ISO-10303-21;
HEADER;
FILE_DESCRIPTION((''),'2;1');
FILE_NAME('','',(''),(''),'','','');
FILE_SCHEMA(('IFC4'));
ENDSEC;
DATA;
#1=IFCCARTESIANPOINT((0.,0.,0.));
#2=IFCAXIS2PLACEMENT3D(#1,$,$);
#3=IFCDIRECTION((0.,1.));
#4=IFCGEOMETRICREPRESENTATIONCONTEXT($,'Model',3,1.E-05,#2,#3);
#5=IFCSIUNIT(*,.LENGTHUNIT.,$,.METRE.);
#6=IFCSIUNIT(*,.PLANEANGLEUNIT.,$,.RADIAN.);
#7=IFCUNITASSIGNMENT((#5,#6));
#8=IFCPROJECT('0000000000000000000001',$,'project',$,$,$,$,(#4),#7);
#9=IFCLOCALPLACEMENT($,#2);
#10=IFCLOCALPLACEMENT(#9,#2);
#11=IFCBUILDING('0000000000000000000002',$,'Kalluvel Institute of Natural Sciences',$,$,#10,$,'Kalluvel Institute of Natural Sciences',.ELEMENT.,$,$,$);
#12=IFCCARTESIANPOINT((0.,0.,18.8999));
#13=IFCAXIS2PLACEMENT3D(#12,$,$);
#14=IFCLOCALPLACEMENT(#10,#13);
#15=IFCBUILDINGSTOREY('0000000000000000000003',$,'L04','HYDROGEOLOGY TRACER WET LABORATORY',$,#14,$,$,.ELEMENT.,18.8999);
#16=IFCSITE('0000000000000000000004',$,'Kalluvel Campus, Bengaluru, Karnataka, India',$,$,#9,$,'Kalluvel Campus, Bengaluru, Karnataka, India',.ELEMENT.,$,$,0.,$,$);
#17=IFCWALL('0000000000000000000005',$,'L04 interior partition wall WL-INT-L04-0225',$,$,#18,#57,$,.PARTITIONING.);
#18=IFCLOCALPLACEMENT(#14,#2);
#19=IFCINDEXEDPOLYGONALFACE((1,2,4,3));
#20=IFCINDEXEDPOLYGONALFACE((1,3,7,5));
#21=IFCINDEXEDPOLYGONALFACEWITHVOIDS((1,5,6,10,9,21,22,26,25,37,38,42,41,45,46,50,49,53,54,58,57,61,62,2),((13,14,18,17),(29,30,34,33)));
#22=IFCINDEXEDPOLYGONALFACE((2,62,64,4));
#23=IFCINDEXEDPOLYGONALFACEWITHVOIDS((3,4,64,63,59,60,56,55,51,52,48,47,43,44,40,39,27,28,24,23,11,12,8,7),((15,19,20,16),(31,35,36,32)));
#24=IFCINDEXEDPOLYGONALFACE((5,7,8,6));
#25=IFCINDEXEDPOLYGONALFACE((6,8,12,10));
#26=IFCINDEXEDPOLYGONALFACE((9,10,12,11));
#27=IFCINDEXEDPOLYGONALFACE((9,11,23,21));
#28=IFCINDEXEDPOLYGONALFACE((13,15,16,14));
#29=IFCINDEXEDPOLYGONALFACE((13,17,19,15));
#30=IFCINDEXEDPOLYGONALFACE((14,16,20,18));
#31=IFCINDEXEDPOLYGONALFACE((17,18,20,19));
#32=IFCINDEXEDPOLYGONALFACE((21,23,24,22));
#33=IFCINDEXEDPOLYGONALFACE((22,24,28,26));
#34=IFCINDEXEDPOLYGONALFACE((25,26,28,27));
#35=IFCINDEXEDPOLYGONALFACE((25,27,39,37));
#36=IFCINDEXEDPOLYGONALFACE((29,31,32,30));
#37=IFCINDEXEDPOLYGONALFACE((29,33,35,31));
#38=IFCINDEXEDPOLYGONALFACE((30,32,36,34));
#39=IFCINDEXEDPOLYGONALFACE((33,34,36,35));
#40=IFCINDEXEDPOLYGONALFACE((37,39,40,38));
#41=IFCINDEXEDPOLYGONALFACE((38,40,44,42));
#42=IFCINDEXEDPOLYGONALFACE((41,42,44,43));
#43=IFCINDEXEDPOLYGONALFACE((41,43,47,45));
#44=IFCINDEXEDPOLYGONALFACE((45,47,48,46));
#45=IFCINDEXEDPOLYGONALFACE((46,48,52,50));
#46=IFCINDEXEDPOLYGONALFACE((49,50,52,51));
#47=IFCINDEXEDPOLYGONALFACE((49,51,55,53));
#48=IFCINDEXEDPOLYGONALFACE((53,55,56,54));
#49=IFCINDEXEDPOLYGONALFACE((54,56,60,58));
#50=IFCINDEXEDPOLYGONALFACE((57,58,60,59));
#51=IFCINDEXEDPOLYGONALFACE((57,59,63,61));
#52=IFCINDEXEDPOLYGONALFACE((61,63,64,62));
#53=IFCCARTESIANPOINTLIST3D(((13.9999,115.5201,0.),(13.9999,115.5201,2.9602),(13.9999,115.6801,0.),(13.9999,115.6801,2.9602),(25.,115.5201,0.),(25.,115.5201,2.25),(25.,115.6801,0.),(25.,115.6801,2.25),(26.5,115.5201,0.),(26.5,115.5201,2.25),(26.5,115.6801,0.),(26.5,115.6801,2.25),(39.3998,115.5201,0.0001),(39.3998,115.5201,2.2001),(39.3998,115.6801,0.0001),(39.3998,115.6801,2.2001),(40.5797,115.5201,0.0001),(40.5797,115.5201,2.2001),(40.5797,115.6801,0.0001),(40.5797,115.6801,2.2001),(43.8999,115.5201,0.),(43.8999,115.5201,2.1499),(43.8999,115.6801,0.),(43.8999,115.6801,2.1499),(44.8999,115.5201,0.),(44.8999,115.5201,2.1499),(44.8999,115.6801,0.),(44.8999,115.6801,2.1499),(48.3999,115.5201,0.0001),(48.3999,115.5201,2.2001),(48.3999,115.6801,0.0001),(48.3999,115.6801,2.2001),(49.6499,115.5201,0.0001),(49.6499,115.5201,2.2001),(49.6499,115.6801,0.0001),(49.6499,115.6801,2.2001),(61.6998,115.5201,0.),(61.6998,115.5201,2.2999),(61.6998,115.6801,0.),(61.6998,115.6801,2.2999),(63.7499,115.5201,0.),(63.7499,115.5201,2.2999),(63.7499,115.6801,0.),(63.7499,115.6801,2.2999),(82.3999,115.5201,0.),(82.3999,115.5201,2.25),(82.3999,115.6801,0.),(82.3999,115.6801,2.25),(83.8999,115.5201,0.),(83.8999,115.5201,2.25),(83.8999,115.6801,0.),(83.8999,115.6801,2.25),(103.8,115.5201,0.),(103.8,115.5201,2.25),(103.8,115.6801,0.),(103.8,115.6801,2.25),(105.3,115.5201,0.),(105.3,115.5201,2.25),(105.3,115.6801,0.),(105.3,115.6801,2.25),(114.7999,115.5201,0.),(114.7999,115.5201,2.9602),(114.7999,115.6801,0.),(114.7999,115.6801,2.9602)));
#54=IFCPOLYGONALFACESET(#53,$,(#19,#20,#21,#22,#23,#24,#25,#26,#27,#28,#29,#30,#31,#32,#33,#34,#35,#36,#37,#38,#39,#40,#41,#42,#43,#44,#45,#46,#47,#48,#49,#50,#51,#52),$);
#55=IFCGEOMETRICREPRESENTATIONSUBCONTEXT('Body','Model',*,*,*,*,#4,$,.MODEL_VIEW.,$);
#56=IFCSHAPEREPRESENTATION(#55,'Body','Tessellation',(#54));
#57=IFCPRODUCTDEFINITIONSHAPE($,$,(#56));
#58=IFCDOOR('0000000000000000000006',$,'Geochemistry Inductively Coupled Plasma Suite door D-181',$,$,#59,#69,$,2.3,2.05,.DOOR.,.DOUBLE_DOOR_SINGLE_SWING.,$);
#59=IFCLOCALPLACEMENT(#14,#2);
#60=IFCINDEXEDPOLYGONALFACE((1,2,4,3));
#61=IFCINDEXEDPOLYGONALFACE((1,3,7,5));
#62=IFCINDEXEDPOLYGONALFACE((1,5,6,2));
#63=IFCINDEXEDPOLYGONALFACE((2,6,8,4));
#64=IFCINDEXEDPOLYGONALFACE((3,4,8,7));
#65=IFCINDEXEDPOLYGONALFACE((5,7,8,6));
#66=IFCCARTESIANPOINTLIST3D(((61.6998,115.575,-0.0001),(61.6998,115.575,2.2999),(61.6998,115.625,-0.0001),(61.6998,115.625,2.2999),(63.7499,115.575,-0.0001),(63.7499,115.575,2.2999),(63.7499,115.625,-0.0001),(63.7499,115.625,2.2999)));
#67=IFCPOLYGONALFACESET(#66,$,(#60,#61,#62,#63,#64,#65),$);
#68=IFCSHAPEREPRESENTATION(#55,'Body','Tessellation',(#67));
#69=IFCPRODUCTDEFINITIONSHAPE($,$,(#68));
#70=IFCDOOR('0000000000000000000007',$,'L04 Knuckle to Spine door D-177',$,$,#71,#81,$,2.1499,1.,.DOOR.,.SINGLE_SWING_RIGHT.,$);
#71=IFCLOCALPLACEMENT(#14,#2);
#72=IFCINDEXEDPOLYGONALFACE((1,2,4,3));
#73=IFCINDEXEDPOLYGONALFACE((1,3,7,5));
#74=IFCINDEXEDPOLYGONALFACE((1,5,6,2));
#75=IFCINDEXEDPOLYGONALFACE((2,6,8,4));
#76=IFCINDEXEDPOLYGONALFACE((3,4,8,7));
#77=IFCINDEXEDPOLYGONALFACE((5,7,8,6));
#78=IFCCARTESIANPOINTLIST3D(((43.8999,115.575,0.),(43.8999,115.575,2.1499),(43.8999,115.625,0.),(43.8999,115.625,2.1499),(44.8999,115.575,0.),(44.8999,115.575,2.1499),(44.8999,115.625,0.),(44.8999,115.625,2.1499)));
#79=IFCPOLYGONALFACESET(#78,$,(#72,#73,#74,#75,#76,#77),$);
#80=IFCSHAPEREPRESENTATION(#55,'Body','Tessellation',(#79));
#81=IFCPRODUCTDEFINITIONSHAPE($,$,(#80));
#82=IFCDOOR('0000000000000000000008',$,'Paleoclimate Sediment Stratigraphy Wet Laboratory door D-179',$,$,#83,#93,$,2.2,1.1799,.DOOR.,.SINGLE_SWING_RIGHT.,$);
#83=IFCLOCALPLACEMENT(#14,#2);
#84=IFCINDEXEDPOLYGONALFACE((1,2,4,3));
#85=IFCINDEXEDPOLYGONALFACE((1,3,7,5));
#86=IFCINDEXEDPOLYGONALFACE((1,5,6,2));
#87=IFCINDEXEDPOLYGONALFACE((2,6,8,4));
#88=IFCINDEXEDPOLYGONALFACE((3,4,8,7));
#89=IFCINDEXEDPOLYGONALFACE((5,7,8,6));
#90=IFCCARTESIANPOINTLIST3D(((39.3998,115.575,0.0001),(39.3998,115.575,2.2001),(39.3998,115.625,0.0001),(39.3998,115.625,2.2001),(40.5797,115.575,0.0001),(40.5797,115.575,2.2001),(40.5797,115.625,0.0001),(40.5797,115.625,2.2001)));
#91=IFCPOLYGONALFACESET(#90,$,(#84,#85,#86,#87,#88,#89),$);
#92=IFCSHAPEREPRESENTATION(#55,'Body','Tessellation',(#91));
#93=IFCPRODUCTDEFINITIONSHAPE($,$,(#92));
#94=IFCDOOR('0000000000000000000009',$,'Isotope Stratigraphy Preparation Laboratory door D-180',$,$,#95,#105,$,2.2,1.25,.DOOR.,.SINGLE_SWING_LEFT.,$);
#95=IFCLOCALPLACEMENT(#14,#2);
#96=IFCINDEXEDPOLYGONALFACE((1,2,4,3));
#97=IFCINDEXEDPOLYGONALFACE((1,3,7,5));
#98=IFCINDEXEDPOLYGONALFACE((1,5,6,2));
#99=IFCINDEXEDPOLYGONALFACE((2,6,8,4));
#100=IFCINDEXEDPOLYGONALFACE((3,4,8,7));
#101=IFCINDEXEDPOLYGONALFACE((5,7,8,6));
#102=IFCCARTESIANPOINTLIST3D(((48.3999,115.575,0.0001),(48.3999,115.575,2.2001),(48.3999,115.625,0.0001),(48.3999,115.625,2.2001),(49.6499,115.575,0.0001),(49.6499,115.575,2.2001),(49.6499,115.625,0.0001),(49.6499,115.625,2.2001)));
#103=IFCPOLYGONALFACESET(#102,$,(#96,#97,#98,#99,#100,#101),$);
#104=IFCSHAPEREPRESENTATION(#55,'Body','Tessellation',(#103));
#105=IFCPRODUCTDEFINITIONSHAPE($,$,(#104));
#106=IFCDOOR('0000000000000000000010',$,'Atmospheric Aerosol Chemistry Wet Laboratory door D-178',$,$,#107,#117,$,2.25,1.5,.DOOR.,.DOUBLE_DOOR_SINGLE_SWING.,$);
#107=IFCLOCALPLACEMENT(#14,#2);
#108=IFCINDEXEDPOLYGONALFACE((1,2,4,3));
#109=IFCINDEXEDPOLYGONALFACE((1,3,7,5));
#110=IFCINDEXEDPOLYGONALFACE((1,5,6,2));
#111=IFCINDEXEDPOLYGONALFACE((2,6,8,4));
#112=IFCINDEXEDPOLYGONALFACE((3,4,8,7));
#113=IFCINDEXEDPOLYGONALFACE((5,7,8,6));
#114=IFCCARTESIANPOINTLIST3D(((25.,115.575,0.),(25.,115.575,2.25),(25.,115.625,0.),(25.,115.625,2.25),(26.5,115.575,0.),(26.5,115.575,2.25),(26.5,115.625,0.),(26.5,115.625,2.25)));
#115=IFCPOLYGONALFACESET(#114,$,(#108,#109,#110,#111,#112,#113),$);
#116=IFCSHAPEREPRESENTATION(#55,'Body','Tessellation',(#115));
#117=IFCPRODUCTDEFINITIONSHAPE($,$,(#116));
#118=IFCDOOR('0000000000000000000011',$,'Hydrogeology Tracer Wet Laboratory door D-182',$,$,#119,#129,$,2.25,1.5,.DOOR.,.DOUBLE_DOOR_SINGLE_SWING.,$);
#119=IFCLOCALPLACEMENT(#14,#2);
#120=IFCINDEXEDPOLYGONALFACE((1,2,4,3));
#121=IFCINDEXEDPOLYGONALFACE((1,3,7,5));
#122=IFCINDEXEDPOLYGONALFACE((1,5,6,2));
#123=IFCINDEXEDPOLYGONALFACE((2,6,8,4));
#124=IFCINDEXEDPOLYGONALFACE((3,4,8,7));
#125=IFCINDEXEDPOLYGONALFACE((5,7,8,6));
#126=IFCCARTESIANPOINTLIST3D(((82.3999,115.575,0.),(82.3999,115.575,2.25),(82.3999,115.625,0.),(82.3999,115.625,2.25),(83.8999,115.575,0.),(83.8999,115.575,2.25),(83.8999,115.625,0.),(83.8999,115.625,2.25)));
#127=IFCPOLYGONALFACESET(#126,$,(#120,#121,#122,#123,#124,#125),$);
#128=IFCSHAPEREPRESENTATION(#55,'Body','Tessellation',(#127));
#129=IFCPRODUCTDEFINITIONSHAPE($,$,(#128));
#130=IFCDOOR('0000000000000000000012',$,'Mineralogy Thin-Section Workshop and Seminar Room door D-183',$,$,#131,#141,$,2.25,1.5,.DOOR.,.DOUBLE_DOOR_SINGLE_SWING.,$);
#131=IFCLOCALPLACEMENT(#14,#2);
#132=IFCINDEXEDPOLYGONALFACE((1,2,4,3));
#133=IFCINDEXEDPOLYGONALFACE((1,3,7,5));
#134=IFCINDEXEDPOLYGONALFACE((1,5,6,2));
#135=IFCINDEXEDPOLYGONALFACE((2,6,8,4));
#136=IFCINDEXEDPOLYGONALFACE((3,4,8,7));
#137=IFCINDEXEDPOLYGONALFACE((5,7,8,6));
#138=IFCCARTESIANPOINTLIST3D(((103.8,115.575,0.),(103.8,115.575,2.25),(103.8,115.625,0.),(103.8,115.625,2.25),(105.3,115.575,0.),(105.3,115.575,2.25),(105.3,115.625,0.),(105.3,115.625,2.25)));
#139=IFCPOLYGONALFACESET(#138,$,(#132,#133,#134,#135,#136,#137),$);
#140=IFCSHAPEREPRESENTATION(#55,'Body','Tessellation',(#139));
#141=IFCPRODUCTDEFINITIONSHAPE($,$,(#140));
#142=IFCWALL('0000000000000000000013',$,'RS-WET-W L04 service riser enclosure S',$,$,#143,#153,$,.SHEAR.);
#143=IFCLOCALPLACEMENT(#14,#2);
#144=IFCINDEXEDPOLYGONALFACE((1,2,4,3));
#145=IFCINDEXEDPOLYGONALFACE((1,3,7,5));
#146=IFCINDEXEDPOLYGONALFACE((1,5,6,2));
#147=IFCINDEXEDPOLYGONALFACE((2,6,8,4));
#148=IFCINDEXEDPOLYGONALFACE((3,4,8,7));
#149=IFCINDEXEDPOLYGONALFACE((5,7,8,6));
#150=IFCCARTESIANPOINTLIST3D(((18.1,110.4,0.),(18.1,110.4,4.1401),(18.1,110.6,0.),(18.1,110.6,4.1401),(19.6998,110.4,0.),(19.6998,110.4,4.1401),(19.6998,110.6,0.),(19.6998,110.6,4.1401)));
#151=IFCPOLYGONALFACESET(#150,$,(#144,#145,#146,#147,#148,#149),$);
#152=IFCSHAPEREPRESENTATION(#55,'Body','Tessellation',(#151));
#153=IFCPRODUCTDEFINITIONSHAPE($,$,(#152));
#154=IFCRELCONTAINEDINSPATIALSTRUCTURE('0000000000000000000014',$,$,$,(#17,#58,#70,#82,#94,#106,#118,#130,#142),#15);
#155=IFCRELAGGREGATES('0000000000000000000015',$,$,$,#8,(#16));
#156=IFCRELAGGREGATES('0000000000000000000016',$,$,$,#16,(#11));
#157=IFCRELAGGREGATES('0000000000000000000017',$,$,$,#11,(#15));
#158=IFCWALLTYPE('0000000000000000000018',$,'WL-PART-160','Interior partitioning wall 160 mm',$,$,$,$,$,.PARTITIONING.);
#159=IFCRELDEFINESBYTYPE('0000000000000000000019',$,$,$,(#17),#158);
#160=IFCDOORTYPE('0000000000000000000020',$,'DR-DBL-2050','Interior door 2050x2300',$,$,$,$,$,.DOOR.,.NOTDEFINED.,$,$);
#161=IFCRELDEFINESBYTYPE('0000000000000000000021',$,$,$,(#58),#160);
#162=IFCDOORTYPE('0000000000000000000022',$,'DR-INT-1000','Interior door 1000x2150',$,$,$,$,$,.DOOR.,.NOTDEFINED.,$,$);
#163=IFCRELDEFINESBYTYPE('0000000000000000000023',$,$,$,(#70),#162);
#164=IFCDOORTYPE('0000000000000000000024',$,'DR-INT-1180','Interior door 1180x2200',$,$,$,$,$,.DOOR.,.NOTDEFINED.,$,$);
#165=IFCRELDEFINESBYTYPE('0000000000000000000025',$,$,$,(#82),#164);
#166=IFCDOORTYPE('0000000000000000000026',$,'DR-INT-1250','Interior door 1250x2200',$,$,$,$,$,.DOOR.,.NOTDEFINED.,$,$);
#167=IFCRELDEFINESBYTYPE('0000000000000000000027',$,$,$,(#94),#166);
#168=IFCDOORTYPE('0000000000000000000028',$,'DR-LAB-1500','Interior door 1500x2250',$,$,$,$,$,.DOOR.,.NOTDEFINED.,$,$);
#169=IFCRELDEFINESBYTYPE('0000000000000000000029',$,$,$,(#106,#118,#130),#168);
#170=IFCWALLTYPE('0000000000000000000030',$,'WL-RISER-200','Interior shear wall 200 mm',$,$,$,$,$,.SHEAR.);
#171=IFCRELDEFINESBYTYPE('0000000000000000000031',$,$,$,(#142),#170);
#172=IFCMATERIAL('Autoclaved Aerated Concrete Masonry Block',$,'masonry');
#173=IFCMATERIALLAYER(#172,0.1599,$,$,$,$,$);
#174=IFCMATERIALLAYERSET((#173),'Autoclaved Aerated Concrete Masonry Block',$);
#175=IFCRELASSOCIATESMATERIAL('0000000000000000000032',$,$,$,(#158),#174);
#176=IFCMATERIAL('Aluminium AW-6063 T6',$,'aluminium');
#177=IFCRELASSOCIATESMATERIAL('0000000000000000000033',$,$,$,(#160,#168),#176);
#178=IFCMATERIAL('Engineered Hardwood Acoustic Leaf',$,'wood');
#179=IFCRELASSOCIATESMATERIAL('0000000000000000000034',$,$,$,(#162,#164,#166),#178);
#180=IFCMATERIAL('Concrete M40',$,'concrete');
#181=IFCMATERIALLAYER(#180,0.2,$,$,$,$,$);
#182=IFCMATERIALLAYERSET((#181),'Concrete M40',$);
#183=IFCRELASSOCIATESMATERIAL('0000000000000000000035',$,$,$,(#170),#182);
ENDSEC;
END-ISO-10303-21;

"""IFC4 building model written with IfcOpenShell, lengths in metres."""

from ifc_helpers import new_model, si_unit, direction, frame, frame_2d, origin, place, context, subcontext, project, spatial, rectangle, extrude, material, layer, layer_set, type_object, element, fill, save


model = new_model("IFC4")

# Units and contexts
model_context = context("Model", 3, precision=1e-05, world=origin(), true_north=direction((0.0, 1.0)))
body_context = subcontext(model_context, "Body", "Model", "MODEL_VIEW")
ifc_project = project(units=[si_unit("LENGTHUNIT", "METRE"), si_unit("PLANEANGLEUNIT", "RADIAN")], contexts=[model_context])

# Site, building, storey
site_placement = place(None, origin())
site = spatial("IfcSite", under=ifc_project, at=site_placement, Name="Kalluvel Campus, Bengaluru, Karnataka, India", LongName="Kalluvel Campus, Bengaluru, Karnataka, India", CompositionType="ELEMENT", RefElevation=0.0)
building_placement = place(site_placement, origin())
building = spatial("IfcBuilding", under=site, at=building_placement, Name="Kalluvel Institute of Natural Sciences", LongName="Kalluvel Institute of Natural Sciences", CompositionType="ELEMENT")
storey_placement = place(building_placement, frame((0.0, 0.0, 18.8999)))
storey = spatial("IfcBuildingStorey", under=building, at=storey_placement, Name="L04", Description="HYDROGEOLOGY TRACER WET LABORATORY", CompositionType="ELEMENT", Elevation=18.8999)

# Shared definitions
ifc_material_1 = material(Name="Concrete M40", Category="concrete")

# Wall, openings, doors
ifc_material_2 = material(Name="Autoclaved Aerated Concrete Masonry Block", Category="masonry")
ifc_layer_1 = layer(ifc_material_2, 0.1599)
ifc_layer_set_1 = layer_set([ifc_layer_1], Name="Autoclaved Aerated Concrete Masonry Block")
wall_type_1 = type_object("IfcWallType", Name="WL-PART-160", Description="Interior partitioning wall 160 mm", PredefinedType="PARTITIONING", material=ifc_layer_set_1)
ifc_material_3 = material(Name="Engineered Hardwood Acoustic Leaf", Category="wood")
wall_1_placement = place(storey_placement, frame((14.0, 115.6001, 0.0), z_axis=(0.0, 0.0, 1.0), x_axis=(1.0, 0.0, 0.0)))
wall_1 = element("IfcWall", 1, at=wall_1_placement, inside=storey, type_object=wall_type_1, Name="L04 interior partition wall WL-INT-L04-0225", PredefinedType="PARTITIONING", context=body_context, shape_type="SweptSolid", body=[
    extrude(rectangle(XDim=100.8, YDim=0.1599, at=frame_2d((50.3999, 0.0))), origin(), (0.0, 0.0, 1.0), 2.9602),
])
opening_1_placement = place(wall_1_placement, frame((29.8999, 0.0, 0.0)))
opening_1 = element("IfcOpeningElement", 2, at=opening_1_placement, cuts=wall_1, PredefinedType="OPENING", context=body_context, shape_type="SweptSolid", body=[
    extrude(rectangle(XDim=1.0, YDim=2.1499, at=frame_2d((0.5, 1.075))), frame((0.0, 0.0898, 0.0), z_axis=(0.0, -1.0, 0.0), x_axis=(1.0, 0.0, 0.0)), (0.0, 0.0, 1.0), 0.1799),
])
opening_2_placement = place(wall_1_placement, frame((11.0, 0.0, 0.0)))
opening_2 = element("IfcOpeningElement", 3, at=opening_2_placement, cuts=wall_1, PredefinedType="OPENING", context=body_context, shape_type="SweptSolid", body=[
    extrude(rectangle(XDim=1.5, YDim=2.25, at=frame_2d((0.75, 1.125))), frame((0.0, 0.0898, 0.0), z_axis=(0.0, -1.0, 0.0), x_axis=(1.0, 0.0, 0.0)), (0.0, 0.0, 1.0), 0.1799),
])
opening_3_placement = place(wall_1_placement, frame((25.3999, 0.0, 0.0)))
opening_3 = element("IfcOpeningElement", 4, at=opening_3_placement, cuts=wall_1, PredefinedType="OPENING", context=body_context, shape_type="SweptSolid", body=[
    extrude(rectangle(XDim=1.1799, YDim=2.2, at=frame_2d((0.5898, 1.1001))), frame((0.0, 0.0898, 0.0), z_axis=(0.0, -1.0, 0.0), x_axis=(1.0, 0.0, 0.0)), (0.0, 0.0, 1.0), 0.1799),
])
opening_4_placement = place(wall_1_placement, frame((34.3999, 0.0, 0.0)))
opening_4 = element("IfcOpeningElement", 5, at=opening_4_placement, cuts=wall_1, PredefinedType="OPENING", context=body_context, shape_type="SweptSolid", body=[
    extrude(rectangle(XDim=1.25, YDim=2.2, at=frame_2d((0.625, 1.1001))), frame((0.0, 0.0898, 0.0), z_axis=(0.0, -1.0, 0.0), x_axis=(1.0, 0.0, 0.0)), (0.0, 0.0, 1.0), 0.1799),
])
opening_5_placement = place(wall_1_placement, frame((47.7, 0.0, 0.0)))
opening_5 = element("IfcOpeningElement", 6, at=opening_5_placement, cuts=wall_1, PredefinedType="OPENING", context=body_context, shape_type="SweptSolid", body=[
    extrude(rectangle(XDim=2.05, YDim=2.3, at=frame_2d((1.0249, 1.1499))), frame((0.0, 0.0898, 0.0), z_axis=(0.0, -1.0, 0.0), x_axis=(1.0, 0.0, 0.0)), (0.0, 0.0, 1.0), 0.1799),
])
opening_6_placement = place(wall_1_placement, frame((68.3999, 0.0, 0.0)))
opening_6 = element("IfcOpeningElement", 7, at=opening_6_placement, cuts=wall_1, PredefinedType="OPENING", context=body_context, shape_type="SweptSolid", body=[
    extrude(rectangle(XDim=1.5, YDim=2.25, at=frame_2d((0.75, 1.125))), frame((0.0, 0.0898, 0.0), z_axis=(0.0, -1.0, 0.0), x_axis=(1.0, 0.0, 0.0)), (0.0, 0.0, 1.0), 0.1799),
])
opening_7_placement = place(wall_1_placement, frame((89.8, 0.0, 0.0)))
opening_7 = element("IfcOpeningElement", 8, at=opening_7_placement, cuts=wall_1, PredefinedType="OPENING", context=body_context, shape_type="SweptSolid", body=[
    extrude(rectangle(XDim=1.5, YDim=2.25, at=frame_2d((0.75, 1.125))), frame((0.0, 0.0898, 0.0), z_axis=(0.0, -1.0, 0.0), x_axis=(1.0, 0.0, 0.0)), (0.0, 0.0, 1.0), 0.1799),
])
ifc_material_4 = material(Name="Aluminium AW-6063 T6", Category="aluminium")
door_type_1 = type_object("IfcDoorType", Name="DR-DBL-2050", Description="Interior door 2050x2300", OperationType="NOTDEFINED", PredefinedType="DOOR", material=ifc_material_4)
door_1_placement = place(opening_5_placement, origin())
door_1 = element("IfcDoor", 9, at=door_1_placement, inside=storey, type_object=door_type_1, Name="Geochemistry Inductively Coupled Plasma Suite door D-181", OperationType="DOUBLE_DOOR_SINGLE_SWING", OverallHeight=2.3, OverallWidth=2.05, PredefinedType="DOOR", context=body_context, shape_type="SweptSolid", body=[
    extrude(rectangle(XDim=2.05, YDim=2.3, at=frame_2d((1.0249, 1.1499))), frame((0.0, 0.0249, 0.0), z_axis=(0.0, -1.0, 0.0), x_axis=(1.0, 0.0, 0.0)), (0.0, 0.0, 1.0), 0.05),
])
fill(opening_5, door_1)
door_type_2 = type_object("IfcDoorType", Name="DR-INT-1000", Description="Interior door 1000x2150", OperationType="NOTDEFINED", PredefinedType="DOOR", material=ifc_material_3)
door_2_placement = place(opening_1_placement, origin())
door_2 = element("IfcDoor", 10, at=door_2_placement, inside=storey, type_object=door_type_2, Name="L04 Knuckle to Spine door D-177", OperationType="SINGLE_SWING_RIGHT", OverallHeight=2.1499, OverallWidth=1.0, PredefinedType="DOOR", context=body_context, shape_type="SweptSolid", body=[
    extrude(rectangle(XDim=1.0, YDim=2.1499, at=frame_2d((0.5, 1.075))), frame((0.0, 0.0249, 0.0), z_axis=(0.0, -1.0, 0.0), x_axis=(1.0, 0.0, 0.0)), (0.0, 0.0, 1.0), 0.05),
])
fill(opening_1, door_2)
door_type_3 = type_object("IfcDoorType", Name="DR-INT-1180", Description="Interior door 1180x2200", OperationType="NOTDEFINED", PredefinedType="DOOR", material=ifc_material_3)
door_3_placement = place(opening_3_placement, origin())
door_3 = element("IfcDoor", 11, at=door_3_placement, inside=storey, type_object=door_type_3, Name="Paleoclimate Sediment Stratigraphy Wet Laboratory door D-179", OperationType="SINGLE_SWING_RIGHT", OverallHeight=2.2, OverallWidth=1.1799, PredefinedType="DOOR", context=body_context, shape_type="SweptSolid", body=[
    extrude(rectangle(XDim=1.1799, YDim=2.2, at=frame_2d((0.5898, 1.1001))), frame((0.0, 0.0249, 0.0), z_axis=(0.0, -1.0, 0.0), x_axis=(1.0, 0.0, 0.0)), (0.0, 0.0, 1.0), 0.05),
])
fill(opening_3, door_3)
door_type_4 = type_object("IfcDoorType", Name="DR-INT-1250", Description="Interior door 1250x2200", OperationType="NOTDEFINED", PredefinedType="DOOR", material=ifc_material_3)
door_4_placement = place(opening_4_placement, origin())
door_4 = element("IfcDoor", 12, at=door_4_placement, inside=storey, type_object=door_type_4, Name="Isotope Stratigraphy Preparation Laboratory door D-180", OperationType="SINGLE_SWING_LEFT", OverallHeight=2.2, OverallWidth=1.25, PredefinedType="DOOR", context=body_context, shape_type="SweptSolid", body=[
    extrude(rectangle(XDim=1.25, YDim=2.2, at=frame_2d((0.625, 1.1001))), frame((0.0, 0.0249, 0.0), z_axis=(0.0, -1.0, 0.0), x_axis=(1.0, 0.0, 0.0)), (0.0, 0.0, 1.0), 0.05),
])
fill(opening_4, door_4)
door_type_5 = type_object("IfcDoorType", Name="DR-LAB-1500", Description="Interior door 1500x2250", OperationType="NOTDEFINED", PredefinedType="DOOR", material=ifc_material_4)
door_5_placement = place(opening_2_placement, origin())
door_5 = element("IfcDoor", 13, at=door_5_placement, inside=storey, type_object=door_type_5, Name="Atmospheric Aerosol Chemistry Wet Laboratory door D-178", OperationType="DOUBLE_DOOR_SINGLE_SWING", OverallHeight=2.25, OverallWidth=1.5, PredefinedType="DOOR", context=body_context, shape_type="SweptSolid", body=[
    extrude(rectangle(XDim=1.5, YDim=2.25, at=frame_2d((0.75, 1.125))), frame((0.0, 0.0249, 0.0), z_axis=(0.0, -1.0, 0.0), x_axis=(1.0, 0.0, 0.0)), (0.0, 0.0, 1.0), 0.05),
])
fill(opening_2, door_5)
door_6_placement = place(opening_6_placement, origin())
door_6 = element("IfcDoor", 14, at=door_6_placement, inside=storey, type_object=door_type_5, Name="Hydrogeology Tracer Wet Laboratory door D-182", OperationType="DOUBLE_DOOR_SINGLE_SWING", OverallHeight=2.25, OverallWidth=1.5, PredefinedType="DOOR", context=body_context, shape_type="SweptSolid", body=[
    extrude(rectangle(XDim=1.5, YDim=2.25, at=frame_2d((0.75, 1.125))), frame((0.0, 0.0249, 0.0), z_axis=(0.0, -1.0, 0.0), x_axis=(1.0, 0.0, 0.0)), (0.0, 0.0, 1.0), 0.05),
])
fill(opening_6, door_6)
door_7_placement = place(opening_7_placement, origin())
door_7 = element("IfcDoor", 15, at=door_7_placement, inside=storey, type_object=door_type_5, Name="Mineralogy Thin-Section Workshop and Seminar Room door D-183", OperationType="DOUBLE_DOOR_SINGLE_SWING", OverallHeight=2.25, OverallWidth=1.5, PredefinedType="DOOR", context=body_context, shape_type="SweptSolid", body=[
    extrude(rectangle(XDim=1.5, YDim=2.25, at=frame_2d((0.75, 1.125))), frame((0.0, 0.0249, 0.0), z_axis=(0.0, -1.0, 0.0), x_axis=(1.0, 0.0, 0.0)), (0.0, 0.0, 1.0), 0.05),
])
fill(opening_7, door_7)

# Wall
ifc_layer_2 = layer(ifc_material_1, 0.2)
ifc_layer_set_2 = layer_set([ifc_layer_2], Name="Concrete M40")
wall_type_2 = type_object("IfcWallType", Name="WL-RISER-200", Description="Interior shear wall 200 mm", PredefinedType="SHEAR", material=ifc_layer_set_2)
wall_2_placement = place(storey_placement, frame((18.1001, 110.5, 0.0), z_axis=(0.0, 0.0, 1.0), x_axis=(1.0, 0.0, 0.0)))
element("IfcWall", 16, at=wall_2_placement, inside=storey, type_object=wall_type_2, Name="RS-WET-W L04 service riser enclosure S", PredefinedType="SHEAR", context=body_context, shape_type="SweptSolid", body=[
    extrude(rectangle(XDim=1.5999, YDim=0.2, at=frame_2d((0.7998, 0.0))), origin(), (0.0, 0.0, 1.0), 4.1401),
])

save(model, "model.ifc")
